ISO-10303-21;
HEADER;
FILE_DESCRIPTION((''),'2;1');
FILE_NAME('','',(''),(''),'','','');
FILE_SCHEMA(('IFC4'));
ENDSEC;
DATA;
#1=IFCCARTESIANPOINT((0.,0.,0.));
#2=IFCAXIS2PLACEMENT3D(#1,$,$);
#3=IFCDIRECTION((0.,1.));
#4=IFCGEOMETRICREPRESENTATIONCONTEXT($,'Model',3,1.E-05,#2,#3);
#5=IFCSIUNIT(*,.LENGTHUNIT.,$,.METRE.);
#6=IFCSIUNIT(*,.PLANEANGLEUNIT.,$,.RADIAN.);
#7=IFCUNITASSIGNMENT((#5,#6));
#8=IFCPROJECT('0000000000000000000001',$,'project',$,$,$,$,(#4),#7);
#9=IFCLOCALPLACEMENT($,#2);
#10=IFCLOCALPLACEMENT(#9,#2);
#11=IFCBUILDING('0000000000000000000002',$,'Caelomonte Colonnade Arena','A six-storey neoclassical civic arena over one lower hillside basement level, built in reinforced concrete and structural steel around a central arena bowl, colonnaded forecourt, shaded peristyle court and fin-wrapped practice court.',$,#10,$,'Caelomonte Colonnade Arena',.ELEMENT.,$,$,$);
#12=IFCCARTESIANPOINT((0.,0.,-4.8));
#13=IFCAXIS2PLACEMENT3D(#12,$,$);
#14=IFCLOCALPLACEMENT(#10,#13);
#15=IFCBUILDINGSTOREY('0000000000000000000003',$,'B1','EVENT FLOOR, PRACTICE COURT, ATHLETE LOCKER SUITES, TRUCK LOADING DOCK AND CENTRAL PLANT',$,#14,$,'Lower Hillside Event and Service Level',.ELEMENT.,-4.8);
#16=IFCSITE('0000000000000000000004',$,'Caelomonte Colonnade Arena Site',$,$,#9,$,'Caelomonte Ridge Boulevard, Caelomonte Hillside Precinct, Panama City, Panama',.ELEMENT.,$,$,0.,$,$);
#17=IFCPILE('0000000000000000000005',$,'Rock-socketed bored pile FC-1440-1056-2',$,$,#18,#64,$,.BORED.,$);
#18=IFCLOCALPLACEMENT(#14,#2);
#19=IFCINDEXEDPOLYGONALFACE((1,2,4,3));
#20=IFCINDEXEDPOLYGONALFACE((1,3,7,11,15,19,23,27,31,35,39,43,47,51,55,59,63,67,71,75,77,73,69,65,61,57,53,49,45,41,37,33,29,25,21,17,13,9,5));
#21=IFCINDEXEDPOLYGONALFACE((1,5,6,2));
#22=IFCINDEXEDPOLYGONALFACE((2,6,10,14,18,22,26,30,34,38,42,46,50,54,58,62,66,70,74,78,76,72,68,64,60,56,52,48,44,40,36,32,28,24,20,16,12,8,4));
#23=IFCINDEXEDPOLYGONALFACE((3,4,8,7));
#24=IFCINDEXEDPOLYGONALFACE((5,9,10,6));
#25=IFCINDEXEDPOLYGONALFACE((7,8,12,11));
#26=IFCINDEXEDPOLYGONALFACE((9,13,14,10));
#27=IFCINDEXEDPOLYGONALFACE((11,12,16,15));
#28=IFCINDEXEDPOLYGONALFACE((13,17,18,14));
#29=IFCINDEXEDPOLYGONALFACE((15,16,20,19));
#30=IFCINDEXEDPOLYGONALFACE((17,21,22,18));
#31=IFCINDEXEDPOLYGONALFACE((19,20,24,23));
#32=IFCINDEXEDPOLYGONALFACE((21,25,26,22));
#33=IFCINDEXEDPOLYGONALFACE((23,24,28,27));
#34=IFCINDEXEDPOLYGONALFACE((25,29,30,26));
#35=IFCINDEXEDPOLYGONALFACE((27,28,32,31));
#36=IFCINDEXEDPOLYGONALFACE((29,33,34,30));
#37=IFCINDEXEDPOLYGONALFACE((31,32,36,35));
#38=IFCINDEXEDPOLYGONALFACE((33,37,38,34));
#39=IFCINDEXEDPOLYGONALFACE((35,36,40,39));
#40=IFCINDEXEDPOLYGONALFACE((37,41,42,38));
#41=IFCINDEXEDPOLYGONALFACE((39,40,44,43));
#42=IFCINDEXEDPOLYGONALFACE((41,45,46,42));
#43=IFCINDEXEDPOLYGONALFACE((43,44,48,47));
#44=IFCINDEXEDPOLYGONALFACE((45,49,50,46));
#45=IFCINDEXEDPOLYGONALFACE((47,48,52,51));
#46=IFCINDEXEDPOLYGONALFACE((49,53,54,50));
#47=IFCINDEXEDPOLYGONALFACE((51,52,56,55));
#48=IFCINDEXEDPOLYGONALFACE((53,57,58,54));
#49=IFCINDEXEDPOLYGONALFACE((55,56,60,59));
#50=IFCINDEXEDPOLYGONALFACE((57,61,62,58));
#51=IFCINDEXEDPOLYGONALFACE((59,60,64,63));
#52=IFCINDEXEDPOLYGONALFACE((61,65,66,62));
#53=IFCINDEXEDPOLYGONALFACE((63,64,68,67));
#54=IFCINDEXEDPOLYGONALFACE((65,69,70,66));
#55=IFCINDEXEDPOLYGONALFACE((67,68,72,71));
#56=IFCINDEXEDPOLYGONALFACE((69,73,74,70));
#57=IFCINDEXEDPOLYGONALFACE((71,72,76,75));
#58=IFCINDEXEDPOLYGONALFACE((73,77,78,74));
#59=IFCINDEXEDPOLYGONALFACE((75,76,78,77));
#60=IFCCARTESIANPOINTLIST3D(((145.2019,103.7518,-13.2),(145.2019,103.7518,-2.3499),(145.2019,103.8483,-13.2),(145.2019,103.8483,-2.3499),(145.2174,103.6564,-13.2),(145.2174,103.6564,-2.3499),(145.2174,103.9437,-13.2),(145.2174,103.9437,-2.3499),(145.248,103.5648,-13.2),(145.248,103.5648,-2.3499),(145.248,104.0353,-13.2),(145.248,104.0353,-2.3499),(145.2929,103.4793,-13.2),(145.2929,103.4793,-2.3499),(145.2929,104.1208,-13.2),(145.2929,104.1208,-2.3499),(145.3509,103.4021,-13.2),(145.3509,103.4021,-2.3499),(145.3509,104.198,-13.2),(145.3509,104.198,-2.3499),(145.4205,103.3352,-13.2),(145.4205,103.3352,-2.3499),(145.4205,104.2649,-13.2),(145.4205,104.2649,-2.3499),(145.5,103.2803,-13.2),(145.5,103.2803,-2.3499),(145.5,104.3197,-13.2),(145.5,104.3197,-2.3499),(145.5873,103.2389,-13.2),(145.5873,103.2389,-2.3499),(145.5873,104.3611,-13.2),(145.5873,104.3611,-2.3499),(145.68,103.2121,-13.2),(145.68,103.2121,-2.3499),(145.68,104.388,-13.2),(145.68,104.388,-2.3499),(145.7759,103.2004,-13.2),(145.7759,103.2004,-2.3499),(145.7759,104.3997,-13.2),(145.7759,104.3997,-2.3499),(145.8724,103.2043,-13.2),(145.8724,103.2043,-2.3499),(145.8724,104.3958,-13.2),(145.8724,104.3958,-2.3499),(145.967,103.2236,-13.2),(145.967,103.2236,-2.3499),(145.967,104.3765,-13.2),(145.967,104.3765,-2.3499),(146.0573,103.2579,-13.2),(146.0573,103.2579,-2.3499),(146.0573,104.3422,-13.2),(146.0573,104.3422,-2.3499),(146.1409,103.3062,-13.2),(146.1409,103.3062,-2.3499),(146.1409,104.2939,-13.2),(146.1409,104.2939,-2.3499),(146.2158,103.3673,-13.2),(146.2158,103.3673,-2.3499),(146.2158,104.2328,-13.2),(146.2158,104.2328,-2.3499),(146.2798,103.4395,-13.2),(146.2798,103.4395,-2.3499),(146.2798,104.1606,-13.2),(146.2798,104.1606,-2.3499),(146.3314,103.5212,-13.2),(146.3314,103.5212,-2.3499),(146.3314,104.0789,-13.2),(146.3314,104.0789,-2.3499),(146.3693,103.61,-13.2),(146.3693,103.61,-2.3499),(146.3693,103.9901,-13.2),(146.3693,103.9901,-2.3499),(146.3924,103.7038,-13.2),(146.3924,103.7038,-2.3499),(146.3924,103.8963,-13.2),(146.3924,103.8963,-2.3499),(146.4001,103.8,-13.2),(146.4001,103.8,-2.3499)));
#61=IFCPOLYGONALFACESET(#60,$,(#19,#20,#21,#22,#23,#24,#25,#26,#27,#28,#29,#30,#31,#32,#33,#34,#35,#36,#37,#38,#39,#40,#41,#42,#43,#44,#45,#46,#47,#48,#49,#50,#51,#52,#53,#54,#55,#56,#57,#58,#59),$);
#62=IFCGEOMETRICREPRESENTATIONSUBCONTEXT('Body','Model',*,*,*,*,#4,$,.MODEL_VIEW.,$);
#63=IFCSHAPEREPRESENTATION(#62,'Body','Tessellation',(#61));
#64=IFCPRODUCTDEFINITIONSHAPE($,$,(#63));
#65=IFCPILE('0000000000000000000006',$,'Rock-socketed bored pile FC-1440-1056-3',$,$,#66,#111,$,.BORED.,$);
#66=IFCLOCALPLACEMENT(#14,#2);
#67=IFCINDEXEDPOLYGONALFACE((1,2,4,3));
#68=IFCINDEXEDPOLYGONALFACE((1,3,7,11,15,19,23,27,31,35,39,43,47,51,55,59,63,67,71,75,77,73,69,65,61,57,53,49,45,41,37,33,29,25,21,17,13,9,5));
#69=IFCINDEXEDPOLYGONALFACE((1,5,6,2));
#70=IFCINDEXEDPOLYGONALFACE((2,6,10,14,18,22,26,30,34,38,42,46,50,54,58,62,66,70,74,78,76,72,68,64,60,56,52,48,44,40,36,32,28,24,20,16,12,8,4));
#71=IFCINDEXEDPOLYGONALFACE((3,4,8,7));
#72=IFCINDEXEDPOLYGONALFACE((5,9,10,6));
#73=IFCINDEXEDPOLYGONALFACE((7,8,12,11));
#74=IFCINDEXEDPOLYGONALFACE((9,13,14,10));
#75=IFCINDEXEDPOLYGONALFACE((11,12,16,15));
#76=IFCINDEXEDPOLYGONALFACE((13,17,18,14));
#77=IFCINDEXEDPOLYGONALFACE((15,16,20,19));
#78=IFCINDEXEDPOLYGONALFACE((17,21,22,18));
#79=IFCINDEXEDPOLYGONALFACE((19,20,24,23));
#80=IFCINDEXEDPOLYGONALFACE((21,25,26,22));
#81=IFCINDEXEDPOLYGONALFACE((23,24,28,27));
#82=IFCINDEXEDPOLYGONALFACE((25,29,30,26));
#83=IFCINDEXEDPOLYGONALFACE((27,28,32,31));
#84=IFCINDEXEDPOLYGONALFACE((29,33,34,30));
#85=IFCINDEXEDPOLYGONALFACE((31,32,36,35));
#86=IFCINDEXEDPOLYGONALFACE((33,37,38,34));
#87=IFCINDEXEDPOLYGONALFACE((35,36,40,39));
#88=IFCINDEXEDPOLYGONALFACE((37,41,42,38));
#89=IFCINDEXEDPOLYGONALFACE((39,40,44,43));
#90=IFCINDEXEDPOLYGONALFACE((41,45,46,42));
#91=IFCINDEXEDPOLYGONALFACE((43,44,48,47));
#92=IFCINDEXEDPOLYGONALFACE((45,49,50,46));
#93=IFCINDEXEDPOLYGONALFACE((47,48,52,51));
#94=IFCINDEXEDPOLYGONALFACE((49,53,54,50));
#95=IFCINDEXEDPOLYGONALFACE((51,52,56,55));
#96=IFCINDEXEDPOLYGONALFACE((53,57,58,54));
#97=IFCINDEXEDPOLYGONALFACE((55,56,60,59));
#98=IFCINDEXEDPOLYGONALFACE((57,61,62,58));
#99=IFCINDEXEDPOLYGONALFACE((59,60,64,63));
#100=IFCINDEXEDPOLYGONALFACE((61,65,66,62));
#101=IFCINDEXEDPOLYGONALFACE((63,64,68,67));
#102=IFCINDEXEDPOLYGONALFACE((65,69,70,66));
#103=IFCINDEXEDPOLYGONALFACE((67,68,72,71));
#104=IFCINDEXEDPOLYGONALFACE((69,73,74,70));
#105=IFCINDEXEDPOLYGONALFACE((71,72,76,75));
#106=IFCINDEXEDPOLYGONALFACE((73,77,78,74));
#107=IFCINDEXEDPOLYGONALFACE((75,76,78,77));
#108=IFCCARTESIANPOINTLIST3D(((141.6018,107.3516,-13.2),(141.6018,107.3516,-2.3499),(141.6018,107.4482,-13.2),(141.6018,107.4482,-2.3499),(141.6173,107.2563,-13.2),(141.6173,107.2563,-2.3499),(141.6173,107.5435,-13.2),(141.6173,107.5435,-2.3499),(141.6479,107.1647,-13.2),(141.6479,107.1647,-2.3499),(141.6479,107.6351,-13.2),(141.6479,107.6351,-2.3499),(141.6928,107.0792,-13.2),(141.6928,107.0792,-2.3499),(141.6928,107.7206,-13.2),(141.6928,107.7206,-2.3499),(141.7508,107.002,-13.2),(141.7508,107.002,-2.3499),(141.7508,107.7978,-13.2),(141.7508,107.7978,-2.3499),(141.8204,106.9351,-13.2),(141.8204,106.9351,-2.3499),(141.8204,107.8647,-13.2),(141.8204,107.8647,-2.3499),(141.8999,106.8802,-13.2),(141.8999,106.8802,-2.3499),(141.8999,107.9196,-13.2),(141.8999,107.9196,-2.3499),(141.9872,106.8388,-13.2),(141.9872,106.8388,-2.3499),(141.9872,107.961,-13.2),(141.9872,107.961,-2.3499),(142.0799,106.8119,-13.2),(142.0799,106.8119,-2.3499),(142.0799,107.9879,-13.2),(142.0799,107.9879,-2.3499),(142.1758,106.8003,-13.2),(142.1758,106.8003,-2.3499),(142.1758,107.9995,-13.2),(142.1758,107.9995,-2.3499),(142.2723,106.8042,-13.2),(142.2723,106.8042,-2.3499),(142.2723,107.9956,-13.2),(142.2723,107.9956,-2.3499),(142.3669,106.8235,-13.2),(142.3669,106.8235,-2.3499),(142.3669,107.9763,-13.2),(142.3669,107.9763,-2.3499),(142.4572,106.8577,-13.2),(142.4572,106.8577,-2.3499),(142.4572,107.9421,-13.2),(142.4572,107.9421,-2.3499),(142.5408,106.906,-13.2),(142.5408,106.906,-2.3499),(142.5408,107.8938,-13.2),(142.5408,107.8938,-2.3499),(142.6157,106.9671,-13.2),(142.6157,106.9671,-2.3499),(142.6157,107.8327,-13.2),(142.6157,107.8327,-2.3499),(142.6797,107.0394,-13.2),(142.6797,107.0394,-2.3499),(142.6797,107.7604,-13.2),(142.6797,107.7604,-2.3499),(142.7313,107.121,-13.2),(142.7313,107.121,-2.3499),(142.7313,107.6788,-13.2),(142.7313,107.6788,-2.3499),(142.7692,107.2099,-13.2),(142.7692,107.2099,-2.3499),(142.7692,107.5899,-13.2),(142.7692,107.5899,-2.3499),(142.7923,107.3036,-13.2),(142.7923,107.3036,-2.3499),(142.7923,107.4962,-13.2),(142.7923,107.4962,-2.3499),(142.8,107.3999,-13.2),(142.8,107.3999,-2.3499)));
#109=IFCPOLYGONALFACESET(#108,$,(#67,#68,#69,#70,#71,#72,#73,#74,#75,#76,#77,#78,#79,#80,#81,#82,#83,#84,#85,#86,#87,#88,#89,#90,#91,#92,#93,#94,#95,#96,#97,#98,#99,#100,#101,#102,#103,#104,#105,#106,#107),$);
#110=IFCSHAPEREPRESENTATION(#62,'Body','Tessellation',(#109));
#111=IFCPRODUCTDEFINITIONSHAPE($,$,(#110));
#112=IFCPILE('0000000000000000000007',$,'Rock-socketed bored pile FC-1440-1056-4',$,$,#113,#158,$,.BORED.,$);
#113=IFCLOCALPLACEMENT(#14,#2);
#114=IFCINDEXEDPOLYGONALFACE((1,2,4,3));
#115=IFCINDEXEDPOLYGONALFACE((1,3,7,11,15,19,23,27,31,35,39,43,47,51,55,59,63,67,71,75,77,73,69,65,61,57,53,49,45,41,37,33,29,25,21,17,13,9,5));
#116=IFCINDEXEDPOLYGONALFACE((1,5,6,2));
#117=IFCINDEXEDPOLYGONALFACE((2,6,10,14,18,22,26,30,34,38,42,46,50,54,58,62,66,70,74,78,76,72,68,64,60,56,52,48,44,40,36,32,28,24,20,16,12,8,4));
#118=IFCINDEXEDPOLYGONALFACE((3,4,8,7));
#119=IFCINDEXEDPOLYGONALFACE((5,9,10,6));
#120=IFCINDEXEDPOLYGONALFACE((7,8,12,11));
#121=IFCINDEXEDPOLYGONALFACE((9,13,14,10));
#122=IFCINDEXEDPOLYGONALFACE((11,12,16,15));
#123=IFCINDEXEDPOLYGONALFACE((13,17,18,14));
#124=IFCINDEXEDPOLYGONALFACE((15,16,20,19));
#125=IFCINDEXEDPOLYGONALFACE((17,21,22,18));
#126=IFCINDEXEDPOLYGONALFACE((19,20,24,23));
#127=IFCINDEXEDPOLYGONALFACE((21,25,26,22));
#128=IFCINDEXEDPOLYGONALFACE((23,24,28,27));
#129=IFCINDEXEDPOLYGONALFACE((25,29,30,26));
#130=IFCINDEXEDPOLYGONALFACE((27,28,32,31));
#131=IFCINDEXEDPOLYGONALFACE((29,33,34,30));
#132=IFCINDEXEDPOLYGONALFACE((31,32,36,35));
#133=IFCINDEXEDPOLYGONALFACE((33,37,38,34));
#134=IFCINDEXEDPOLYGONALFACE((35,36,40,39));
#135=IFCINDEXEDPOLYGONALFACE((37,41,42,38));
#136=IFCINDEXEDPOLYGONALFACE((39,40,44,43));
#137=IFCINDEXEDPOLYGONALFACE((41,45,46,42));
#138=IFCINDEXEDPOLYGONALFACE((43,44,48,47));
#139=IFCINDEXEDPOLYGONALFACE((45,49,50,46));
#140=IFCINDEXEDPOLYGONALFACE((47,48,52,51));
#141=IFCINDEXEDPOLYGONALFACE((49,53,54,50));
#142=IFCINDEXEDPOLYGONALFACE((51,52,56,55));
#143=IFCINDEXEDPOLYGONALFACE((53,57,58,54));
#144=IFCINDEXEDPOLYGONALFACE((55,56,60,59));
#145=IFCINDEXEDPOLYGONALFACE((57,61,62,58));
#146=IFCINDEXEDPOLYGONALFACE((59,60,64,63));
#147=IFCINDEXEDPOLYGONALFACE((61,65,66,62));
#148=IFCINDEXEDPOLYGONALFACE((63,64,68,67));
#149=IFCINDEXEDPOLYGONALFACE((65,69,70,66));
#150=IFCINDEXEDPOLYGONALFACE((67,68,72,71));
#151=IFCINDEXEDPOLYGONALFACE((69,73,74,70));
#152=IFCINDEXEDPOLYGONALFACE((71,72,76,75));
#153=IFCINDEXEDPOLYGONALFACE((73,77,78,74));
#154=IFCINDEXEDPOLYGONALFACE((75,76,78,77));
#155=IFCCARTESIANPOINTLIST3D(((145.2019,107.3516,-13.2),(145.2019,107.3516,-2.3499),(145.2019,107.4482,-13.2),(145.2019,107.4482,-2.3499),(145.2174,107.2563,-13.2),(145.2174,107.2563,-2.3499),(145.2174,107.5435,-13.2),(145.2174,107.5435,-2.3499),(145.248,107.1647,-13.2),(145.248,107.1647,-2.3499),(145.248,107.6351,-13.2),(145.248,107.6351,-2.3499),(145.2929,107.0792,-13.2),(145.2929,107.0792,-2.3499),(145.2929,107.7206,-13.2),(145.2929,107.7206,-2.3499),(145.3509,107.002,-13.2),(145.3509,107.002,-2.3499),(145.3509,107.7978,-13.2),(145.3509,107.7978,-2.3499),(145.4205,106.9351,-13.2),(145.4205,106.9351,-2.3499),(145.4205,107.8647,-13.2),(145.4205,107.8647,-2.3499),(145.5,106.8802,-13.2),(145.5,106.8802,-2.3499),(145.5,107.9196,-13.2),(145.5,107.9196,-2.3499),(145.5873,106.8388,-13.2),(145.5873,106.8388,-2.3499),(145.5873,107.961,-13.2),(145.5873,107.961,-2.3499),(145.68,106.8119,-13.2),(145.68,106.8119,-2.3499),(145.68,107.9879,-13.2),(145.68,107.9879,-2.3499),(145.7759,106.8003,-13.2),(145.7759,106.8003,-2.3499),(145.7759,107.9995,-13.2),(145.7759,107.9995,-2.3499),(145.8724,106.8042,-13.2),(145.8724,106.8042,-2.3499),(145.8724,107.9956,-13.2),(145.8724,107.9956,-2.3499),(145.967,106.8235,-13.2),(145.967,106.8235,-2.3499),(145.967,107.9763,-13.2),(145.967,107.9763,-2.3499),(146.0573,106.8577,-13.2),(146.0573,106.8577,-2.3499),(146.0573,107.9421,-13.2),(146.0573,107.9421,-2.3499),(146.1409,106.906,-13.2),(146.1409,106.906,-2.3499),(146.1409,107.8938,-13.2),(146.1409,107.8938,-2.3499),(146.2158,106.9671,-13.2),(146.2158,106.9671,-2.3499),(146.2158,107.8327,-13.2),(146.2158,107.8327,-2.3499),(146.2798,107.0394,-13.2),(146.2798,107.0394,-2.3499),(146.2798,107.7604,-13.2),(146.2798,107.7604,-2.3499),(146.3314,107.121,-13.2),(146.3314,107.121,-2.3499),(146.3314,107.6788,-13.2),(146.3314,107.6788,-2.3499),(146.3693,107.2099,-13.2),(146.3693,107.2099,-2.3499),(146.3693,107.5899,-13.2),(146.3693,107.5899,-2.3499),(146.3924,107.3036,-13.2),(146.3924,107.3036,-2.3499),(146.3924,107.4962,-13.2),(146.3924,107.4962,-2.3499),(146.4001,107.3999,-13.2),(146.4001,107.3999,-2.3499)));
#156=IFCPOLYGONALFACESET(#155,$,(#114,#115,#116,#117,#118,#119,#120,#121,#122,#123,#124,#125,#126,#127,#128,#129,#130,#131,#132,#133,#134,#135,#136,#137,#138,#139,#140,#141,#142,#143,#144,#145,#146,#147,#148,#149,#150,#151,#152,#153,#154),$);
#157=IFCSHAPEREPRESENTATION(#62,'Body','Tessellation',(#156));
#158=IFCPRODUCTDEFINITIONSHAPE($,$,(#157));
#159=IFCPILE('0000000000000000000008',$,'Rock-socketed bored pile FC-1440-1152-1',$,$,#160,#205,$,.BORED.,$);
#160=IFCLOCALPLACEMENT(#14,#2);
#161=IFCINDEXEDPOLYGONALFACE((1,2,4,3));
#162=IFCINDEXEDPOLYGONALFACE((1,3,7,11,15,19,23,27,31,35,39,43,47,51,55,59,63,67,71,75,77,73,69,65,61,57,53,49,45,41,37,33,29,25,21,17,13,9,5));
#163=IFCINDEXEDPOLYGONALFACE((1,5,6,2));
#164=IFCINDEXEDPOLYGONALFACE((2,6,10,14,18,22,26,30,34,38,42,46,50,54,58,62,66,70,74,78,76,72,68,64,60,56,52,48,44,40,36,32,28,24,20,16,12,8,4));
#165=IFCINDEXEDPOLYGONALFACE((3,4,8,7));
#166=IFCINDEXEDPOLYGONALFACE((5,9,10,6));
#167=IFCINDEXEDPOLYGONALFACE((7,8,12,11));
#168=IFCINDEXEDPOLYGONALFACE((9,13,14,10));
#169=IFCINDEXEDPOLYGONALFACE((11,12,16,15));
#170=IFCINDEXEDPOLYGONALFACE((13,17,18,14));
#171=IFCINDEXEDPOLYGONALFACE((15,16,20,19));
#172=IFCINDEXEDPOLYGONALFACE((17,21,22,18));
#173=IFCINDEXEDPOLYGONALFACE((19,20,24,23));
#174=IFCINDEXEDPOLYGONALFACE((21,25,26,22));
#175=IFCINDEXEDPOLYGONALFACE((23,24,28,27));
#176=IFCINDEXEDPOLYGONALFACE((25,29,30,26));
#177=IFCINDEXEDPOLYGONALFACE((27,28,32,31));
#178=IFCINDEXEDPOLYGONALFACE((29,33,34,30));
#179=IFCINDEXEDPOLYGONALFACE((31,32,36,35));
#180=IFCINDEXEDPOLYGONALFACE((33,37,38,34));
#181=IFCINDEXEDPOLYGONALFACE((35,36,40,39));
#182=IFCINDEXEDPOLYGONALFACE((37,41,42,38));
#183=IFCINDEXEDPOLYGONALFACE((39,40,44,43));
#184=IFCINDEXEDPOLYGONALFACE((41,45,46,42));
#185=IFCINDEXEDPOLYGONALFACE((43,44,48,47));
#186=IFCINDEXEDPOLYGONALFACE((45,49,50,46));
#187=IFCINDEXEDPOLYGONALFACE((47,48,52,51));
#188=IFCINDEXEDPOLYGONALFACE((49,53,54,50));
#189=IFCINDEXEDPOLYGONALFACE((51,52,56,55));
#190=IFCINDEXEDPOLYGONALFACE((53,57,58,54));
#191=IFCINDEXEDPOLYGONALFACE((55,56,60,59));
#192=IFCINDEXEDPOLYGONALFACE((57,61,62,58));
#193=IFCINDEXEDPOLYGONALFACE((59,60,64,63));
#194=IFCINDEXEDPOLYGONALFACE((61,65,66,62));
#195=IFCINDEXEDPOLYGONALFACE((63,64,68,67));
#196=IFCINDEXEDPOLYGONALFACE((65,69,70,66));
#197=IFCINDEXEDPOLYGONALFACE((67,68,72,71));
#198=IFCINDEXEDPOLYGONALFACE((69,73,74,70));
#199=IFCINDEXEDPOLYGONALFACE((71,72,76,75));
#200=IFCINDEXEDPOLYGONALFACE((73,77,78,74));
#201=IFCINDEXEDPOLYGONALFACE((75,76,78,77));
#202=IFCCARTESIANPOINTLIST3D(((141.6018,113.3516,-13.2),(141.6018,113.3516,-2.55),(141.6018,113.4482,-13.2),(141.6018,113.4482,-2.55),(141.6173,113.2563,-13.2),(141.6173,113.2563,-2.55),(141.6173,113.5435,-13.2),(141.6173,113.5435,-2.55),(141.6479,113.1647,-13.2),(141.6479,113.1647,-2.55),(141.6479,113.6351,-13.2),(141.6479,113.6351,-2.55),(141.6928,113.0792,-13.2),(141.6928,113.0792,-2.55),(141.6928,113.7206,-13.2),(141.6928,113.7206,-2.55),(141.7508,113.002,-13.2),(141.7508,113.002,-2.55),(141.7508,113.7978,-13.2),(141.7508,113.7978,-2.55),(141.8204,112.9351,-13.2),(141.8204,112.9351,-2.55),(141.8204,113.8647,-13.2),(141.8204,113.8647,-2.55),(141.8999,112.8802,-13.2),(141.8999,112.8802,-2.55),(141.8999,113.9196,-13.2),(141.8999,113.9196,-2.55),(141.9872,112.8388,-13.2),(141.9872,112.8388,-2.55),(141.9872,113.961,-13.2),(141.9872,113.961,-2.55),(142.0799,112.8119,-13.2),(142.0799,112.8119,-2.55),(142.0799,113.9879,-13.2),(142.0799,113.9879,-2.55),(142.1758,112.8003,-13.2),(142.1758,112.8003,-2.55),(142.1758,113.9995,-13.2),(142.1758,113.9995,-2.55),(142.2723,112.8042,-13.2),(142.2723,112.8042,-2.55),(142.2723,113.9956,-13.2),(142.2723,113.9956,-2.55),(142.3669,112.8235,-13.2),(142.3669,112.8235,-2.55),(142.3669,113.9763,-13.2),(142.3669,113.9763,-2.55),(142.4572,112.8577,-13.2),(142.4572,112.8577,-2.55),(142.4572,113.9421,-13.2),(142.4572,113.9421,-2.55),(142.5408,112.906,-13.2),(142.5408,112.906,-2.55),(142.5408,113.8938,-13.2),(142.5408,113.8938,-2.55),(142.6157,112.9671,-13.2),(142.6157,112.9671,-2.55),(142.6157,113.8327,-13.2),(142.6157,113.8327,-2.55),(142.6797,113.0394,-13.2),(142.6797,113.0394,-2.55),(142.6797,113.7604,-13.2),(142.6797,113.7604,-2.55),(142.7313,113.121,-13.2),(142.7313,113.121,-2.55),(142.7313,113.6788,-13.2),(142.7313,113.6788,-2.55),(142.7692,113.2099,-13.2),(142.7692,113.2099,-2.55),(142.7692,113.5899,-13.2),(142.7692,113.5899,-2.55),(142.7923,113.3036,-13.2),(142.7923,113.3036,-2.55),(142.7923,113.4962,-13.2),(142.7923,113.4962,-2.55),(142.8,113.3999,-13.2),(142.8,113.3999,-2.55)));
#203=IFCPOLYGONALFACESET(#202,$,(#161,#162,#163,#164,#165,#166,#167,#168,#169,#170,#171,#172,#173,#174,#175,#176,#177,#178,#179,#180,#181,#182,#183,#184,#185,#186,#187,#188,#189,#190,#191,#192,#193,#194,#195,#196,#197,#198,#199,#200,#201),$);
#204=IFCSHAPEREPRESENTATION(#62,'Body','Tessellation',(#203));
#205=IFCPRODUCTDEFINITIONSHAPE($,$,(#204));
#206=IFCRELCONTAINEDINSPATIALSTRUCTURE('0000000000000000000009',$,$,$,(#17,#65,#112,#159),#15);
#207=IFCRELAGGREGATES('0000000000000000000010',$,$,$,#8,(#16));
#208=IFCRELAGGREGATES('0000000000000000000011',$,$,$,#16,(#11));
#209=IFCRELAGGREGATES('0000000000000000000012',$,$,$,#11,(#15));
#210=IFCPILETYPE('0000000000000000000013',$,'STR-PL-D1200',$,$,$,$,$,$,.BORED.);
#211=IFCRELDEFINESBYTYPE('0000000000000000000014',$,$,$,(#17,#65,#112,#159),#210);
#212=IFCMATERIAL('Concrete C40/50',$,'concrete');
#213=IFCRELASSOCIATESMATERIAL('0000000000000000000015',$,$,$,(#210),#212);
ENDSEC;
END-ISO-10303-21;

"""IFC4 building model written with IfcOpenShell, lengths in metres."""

from ifc_helpers import new_model, si_unit, direction, frame, origin, origin_2d, place, context, subcontext, project, spatial, circle, extrude, material, material_profile, profile_set, type_object, element, save


model = new_model("IFC4")

# Units and contexts
model_context = context("Model", 3, precision=1e-05, world=origin(), true_north=direction((0.0, 1.0)))
body_context = subcontext(model_context, "Body", "Model", "MODEL_VIEW")
ifc_project = project(units=[si_unit("LENGTHUNIT", "METRE"), si_unit("PLANEANGLEUNIT", "RADIAN")], contexts=[model_context])

# Site, building, storey
site_placement = place(None, origin())
site = spatial("IfcSite", under=ifc_project, at=site_placement, Name="Caelomonte Colonnade Arena Site", LongName="Caelomonte Ridge Boulevard, Caelomonte Hillside Precinct, Panama City, Panama", CompositionType="ELEMENT", RefElevation=0.0)
building_placement = place(site_placement, origin())
building = spatial("IfcBuilding", under=site, at=building_placement, Name="Caelomonte Colonnade Arena", Description="A six-storey neoclassical civic arena over one lower hillside basement level, built in reinforced concrete and structural steel around a central arena bowl, colonnaded forecourt, shaded peristyle court and fin-wrapped practice court.", LongName="Caelomonte Colonnade Arena", CompositionType="ELEMENT")
storey_placement = place(building_placement, frame((0.0, 0.0, -4.8)))
storey = spatial("IfcBuildingStorey", under=building, at=storey_placement, Name="B1", Description="EVENT FLOOR, PRACTICE COURT, ATHLETE LOCKER SUITES, TRUCK LOADING DOCK AND CENTRAL PLANT", LongName="Lower Hillside Event and Service Level", CompositionType="ELEMENT", Elevation=-4.8)

# Shared definitions
ifc_material_1 = material(Name="Concrete C40/50", Category="concrete")

# Piles
ifc_material_profile_1 = material_profile(ifc_material_1, circle(Radius=0.6001, at=origin_2d()), Name="PILE-D1200")
ifc_profile_set_1 = profile_set([ifc_material_profile_1], Name="Concrete C40/50")
pile_type_1 = type_object("IfcPileType", Name="STR-PL-D1200", PredefinedType="BORED", material=ifc_profile_set_1)
for number, where, z_axis, x_axis, name in (
    (1, (145.8, 103.8, -2.3499), (0.0, 0.0, -1.0), (1.0, 0.0, 0.0), "Rock-socketed bored pile FC-1440-1056-2"),
    (2, (142.2, 107.3999, -2.3499), (0.0, 0.0, -1.0), (1.0, 0.0, 0.0), "Rock-socketed bored pile FC-1440-1056-3"),
    (3, (145.8, 107.3999, -2.3499), (0.0, 0.0, -1.0), (1.0, 0.0, 0.0), "Rock-socketed bored pile FC-1440-1056-4"),
):
    element("IfcPile", number, at=place(storey_placement, frame(where, z_axis=z_axis, x_axis=x_axis)), inside=storey, type_object=pile_type_1, Name=name, PredefinedType="BORED", context=body_context, shape_type="SweptSolid", body=[
        extrude(circle(Radius=0.6001, at=origin_2d()), origin(), (0.0, 0.0, 1.0), 10.8501),
    ])
for number, where, z_axis, x_axis, name in (
    (4, (142.2, 113.3999, -2.55), (0.0, 0.0, -1.0), (1.0, 0.0, 0.0), "Rock-socketed bored pile FC-1440-1152-1"),
):
    element("IfcPile", number, at=place(storey_placement, frame(where, z_axis=z_axis, x_axis=x_axis)), inside=storey, type_object=pile_type_1, Name=name, PredefinedType="BORED", context=body_context, shape_type="SweptSolid", body=[
        extrude(circle(Radius=0.6001, at=origin_2d()), origin(), (0.0, 0.0, 1.0), 10.6499),
    ])

save(model, "model.ifc")
